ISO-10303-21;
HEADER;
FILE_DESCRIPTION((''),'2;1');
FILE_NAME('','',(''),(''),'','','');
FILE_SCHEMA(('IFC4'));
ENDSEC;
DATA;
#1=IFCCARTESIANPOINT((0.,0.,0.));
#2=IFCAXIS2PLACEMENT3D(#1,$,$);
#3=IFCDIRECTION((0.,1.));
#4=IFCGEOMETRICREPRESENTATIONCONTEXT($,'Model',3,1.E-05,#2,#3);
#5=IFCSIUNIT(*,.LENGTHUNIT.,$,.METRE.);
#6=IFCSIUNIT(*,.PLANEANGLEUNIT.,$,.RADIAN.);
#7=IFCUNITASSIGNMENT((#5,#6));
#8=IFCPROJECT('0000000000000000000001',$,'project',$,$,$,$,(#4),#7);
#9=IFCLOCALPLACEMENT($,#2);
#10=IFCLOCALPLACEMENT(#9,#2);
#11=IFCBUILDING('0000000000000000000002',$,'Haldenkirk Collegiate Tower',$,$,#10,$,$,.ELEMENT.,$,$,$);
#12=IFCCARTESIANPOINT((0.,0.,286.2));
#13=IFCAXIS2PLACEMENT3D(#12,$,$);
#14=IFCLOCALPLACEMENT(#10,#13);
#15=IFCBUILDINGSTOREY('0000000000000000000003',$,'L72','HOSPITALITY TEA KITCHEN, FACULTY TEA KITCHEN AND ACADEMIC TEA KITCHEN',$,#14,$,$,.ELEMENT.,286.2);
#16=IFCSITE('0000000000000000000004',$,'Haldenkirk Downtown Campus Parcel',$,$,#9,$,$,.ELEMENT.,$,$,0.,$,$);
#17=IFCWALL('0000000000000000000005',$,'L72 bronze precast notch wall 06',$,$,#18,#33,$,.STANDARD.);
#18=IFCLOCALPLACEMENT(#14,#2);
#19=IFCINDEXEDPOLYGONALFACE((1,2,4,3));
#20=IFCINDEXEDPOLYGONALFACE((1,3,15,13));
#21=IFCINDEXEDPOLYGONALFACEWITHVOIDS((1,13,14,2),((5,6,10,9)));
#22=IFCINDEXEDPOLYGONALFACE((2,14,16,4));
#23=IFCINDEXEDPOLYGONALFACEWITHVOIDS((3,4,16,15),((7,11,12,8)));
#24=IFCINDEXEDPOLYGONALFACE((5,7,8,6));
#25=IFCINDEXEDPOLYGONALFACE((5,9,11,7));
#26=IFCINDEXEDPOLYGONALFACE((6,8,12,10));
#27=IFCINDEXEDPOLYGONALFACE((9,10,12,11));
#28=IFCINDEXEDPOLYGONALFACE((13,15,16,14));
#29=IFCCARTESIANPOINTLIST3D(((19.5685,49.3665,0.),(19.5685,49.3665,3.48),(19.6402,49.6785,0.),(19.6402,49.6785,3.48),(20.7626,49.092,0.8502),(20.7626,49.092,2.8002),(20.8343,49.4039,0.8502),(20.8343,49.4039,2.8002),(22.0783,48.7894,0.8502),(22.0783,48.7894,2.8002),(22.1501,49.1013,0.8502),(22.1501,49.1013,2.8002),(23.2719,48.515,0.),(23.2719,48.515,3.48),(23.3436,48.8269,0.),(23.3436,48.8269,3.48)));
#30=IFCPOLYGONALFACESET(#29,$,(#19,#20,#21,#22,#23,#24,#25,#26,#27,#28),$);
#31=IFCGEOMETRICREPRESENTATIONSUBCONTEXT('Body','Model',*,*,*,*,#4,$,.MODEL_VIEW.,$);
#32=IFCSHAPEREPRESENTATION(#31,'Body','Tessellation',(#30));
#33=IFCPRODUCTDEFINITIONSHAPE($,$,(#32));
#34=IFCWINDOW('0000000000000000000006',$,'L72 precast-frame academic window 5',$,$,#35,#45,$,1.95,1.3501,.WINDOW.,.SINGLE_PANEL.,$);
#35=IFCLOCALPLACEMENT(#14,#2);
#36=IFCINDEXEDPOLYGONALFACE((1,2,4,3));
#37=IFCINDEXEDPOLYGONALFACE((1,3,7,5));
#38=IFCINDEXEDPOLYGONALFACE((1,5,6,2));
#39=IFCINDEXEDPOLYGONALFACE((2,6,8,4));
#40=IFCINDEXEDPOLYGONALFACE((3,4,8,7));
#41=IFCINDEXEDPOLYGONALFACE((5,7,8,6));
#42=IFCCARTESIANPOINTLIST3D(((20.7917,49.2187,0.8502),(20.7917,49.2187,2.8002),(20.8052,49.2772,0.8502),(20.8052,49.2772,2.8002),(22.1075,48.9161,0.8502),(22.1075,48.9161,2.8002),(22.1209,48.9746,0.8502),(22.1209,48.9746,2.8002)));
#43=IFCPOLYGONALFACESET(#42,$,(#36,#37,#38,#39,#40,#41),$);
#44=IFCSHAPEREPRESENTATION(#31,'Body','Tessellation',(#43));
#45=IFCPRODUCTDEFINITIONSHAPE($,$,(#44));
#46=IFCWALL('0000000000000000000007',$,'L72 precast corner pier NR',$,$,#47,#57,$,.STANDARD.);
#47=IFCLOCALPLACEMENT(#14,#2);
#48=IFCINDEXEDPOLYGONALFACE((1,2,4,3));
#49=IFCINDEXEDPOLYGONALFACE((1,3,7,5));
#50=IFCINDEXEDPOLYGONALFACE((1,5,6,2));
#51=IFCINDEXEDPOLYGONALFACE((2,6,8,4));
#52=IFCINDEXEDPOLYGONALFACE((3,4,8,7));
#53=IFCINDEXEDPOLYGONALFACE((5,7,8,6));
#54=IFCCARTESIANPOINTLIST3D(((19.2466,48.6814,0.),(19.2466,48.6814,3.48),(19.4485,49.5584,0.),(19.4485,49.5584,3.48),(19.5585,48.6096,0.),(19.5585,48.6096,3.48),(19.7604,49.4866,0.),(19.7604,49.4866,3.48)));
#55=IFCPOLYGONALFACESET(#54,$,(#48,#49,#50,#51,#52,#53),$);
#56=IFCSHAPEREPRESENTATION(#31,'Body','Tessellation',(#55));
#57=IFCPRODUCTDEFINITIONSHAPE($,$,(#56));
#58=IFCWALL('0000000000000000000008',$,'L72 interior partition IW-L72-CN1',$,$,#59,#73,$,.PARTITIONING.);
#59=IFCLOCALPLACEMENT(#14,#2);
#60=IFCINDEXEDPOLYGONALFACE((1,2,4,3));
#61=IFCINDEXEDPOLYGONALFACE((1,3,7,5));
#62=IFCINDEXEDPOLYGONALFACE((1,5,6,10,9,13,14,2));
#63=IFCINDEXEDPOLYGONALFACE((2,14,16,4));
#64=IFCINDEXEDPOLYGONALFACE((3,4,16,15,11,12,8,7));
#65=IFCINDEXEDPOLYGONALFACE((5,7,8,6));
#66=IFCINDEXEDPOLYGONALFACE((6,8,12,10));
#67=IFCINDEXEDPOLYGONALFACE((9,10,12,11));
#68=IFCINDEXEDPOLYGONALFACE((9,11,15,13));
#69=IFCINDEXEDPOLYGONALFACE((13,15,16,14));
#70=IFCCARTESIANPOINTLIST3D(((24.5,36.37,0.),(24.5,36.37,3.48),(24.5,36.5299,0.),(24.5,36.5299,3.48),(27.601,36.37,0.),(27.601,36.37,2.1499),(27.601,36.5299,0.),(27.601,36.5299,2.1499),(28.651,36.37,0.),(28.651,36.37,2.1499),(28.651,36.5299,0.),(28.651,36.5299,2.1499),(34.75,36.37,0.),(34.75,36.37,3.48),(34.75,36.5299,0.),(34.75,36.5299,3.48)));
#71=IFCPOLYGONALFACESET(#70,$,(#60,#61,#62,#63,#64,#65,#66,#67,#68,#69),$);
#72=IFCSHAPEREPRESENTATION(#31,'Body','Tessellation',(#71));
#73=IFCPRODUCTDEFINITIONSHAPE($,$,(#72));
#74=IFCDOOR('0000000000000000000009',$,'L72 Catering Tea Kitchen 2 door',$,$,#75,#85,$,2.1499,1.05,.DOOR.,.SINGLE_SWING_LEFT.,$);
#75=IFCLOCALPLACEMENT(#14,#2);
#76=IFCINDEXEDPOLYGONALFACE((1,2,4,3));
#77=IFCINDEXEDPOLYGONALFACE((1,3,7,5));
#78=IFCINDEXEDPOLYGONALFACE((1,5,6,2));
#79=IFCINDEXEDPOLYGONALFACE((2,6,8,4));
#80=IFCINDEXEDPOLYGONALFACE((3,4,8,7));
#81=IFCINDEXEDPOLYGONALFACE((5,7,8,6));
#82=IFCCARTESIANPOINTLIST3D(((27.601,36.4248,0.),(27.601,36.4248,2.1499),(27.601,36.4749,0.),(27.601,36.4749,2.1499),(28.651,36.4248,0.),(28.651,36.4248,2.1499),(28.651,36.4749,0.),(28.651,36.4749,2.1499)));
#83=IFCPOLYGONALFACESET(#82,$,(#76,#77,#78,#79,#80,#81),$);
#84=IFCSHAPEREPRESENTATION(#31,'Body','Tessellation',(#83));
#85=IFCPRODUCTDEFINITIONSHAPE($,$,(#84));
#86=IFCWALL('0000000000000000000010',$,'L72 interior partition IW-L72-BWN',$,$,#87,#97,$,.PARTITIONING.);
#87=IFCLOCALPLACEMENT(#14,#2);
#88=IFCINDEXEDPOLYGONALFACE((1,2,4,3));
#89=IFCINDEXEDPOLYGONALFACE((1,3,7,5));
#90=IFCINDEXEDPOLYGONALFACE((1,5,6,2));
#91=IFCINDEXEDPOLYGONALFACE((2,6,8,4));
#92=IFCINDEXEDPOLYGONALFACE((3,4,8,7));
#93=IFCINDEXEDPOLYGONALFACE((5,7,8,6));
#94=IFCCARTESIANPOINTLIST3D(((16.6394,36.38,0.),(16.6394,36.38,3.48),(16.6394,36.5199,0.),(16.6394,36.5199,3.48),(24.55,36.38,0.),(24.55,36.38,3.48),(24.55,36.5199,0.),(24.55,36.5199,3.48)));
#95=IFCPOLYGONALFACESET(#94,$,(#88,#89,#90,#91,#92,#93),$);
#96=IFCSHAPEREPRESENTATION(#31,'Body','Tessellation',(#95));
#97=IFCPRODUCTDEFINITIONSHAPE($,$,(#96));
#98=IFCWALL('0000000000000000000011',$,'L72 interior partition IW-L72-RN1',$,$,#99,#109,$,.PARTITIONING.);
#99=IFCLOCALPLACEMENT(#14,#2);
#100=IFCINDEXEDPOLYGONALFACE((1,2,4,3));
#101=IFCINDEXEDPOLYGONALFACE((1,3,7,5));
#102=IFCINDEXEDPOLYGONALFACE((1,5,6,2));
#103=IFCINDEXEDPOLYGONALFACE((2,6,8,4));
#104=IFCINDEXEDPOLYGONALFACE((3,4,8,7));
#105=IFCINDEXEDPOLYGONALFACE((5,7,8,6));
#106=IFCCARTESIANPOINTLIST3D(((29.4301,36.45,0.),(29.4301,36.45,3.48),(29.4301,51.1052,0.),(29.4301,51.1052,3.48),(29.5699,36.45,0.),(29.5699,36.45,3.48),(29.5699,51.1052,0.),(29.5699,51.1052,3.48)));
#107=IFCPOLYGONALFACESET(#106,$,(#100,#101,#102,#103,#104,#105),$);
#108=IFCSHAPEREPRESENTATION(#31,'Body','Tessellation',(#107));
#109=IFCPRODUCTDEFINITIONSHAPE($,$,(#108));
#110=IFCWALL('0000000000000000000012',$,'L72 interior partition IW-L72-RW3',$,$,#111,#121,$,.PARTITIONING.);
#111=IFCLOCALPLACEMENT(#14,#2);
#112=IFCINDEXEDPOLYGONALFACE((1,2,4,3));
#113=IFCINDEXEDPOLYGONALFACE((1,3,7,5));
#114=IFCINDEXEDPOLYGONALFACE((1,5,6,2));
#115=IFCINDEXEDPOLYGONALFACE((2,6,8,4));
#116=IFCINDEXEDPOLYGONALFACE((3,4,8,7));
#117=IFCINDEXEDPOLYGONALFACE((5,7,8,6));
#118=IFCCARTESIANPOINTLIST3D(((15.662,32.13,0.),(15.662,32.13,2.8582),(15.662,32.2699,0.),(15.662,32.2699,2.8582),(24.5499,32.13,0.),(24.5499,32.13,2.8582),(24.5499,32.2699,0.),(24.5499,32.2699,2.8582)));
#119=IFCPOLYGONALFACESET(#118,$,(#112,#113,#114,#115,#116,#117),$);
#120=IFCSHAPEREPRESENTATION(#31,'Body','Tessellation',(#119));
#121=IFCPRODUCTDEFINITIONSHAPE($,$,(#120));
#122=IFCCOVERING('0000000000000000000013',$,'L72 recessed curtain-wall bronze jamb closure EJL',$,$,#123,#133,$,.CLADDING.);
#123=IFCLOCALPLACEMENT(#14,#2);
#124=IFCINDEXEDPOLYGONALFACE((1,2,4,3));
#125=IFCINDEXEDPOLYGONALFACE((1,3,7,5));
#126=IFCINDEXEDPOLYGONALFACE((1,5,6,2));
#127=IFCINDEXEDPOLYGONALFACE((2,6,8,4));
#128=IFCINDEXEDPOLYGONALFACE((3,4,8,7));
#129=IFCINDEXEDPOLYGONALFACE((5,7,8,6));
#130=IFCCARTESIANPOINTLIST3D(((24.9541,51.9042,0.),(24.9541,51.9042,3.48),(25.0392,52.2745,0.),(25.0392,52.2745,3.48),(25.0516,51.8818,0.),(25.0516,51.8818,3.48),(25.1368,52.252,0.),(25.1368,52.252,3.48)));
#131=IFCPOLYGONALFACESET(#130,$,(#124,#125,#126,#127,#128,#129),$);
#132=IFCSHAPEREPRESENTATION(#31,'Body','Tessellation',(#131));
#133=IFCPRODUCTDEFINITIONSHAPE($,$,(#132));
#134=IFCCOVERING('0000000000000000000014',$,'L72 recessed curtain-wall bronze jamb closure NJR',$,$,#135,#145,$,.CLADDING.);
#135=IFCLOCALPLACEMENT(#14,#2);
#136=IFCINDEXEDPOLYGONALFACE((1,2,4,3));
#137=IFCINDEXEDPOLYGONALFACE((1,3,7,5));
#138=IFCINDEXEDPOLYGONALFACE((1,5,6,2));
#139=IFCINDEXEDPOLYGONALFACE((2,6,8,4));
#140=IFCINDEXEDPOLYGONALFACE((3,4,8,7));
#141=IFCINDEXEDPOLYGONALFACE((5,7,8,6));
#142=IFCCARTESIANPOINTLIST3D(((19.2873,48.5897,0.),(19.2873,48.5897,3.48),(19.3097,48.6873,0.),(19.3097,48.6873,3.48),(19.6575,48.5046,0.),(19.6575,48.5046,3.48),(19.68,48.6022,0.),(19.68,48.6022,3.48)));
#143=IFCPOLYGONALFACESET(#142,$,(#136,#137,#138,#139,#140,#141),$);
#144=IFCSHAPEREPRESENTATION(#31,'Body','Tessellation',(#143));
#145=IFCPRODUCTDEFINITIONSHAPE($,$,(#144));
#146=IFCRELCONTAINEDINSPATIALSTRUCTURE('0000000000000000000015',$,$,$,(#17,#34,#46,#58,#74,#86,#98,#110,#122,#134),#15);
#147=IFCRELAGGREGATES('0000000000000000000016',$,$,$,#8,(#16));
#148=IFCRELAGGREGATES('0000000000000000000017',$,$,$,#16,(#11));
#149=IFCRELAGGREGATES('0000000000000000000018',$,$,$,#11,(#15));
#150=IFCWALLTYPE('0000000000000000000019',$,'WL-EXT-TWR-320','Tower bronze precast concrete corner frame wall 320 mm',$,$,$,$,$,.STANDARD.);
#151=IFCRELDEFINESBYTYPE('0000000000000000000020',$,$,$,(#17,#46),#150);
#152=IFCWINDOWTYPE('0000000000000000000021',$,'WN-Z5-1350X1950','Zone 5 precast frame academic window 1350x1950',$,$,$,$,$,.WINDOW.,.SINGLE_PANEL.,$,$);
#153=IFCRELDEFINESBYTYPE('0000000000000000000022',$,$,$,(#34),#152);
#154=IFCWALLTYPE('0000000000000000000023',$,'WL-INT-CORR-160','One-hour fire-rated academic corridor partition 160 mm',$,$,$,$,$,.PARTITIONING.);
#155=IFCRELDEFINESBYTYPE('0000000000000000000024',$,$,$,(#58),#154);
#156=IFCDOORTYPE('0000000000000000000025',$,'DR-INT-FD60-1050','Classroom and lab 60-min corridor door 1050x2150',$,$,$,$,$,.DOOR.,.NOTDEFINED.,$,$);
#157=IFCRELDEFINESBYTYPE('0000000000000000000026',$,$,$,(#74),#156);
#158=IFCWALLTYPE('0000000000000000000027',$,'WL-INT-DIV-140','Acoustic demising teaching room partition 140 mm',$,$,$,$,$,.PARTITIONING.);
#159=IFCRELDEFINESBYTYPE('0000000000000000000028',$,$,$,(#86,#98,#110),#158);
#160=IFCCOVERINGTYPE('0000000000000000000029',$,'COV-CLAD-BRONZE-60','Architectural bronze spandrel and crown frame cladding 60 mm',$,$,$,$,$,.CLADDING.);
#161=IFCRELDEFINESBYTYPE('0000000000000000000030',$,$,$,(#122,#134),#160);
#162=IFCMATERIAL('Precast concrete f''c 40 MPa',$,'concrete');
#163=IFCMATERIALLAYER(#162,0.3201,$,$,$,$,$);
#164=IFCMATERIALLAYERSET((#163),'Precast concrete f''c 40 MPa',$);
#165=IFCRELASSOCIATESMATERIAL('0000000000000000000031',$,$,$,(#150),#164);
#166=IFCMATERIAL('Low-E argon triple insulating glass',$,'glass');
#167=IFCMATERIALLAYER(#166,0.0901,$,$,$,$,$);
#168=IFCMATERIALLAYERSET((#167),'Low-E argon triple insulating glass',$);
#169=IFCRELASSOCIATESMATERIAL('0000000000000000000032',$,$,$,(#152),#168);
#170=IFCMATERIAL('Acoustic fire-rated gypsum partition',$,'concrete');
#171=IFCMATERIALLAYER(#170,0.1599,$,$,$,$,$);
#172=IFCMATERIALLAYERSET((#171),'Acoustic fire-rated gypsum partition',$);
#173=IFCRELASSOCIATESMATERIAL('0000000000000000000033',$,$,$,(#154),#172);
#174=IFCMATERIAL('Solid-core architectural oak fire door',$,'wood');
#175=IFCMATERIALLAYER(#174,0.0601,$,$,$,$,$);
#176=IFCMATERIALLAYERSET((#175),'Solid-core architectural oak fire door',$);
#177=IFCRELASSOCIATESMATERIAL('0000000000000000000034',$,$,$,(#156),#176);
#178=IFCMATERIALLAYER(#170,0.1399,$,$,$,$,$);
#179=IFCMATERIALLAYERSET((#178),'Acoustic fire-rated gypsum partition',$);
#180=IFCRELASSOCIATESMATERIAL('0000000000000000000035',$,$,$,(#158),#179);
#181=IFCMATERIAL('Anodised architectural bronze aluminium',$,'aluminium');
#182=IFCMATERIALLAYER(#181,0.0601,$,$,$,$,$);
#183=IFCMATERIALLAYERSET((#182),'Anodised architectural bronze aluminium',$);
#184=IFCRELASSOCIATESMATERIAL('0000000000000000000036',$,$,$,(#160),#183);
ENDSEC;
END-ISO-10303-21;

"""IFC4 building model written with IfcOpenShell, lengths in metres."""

from ifc_helpers import new_model, si_unit, direction, frame, frame_2d, origin, origin_2d, place, context, subcontext, project, spatial, rectangle, extrude, source, transform, mapped, material, layer, layer_set, type_object, element, fill, save


model = new_model("IFC4")

# Units and contexts
model_context = context("Model", 3, precision=1e-05, world=origin(), true_north=direction((0.0, 1.0)))
body_context = subcontext(model_context, "Body", "Model", "MODEL_VIEW")
ifc_project = project(units=[si_unit("LENGTHUNIT", "METRE"), si_unit("PLANEANGLEUNIT", "RADIAN")], contexts=[model_context])

# Site, building, storey
site_placement = place(None, origin())
site = spatial("IfcSite", under=ifc_project, at=site_placement, Name="Haldenkirk Downtown Campus Parcel", CompositionType="ELEMENT", RefElevation=0.0)
building_placement = place(site_placement, origin())
building = spatial("IfcBuilding", under=site, at=building_placement, Name="Haldenkirk Collegiate Tower", CompositionType="ELEMENT")
storey_placement = place(building_placement, frame((0.0, 0.0, 286.2)))
storey = spatial("IfcBuildingStorey", under=building, at=storey_placement, Name="L72", Description="HOSPITALITY TEA KITCHEN, FACULTY TEA KITCHEN AND ACADEMIC TEA KITCHEN", CompositionType="ELEMENT", Elevation=286.2)

# Shared definitions
ifc_material_1 = material(Name="Anodised architectural bronze aluminium", Category="aluminium")

# Shared definitions
ifc_material_2 = material(Name="Low-E argon triple insulating glass", Category="glass")

# Shared definitions
ifc_material_3 = material(Name="Precast concrete f'c 40 MPa", Category="concrete")
ifc_layer_1 = layer(ifc_material_3, 0.3201)
ifc_layer_set_1 = layer_set([ifc_layer_1], Name="Precast concrete f'c 40 MPa")
wall_type_1 = type_object("IfcWallType", Name="WL-EXT-TWR-320", Description="Tower bronze precast concrete corner frame wall 320 mm", PredefinedType="STANDARD", material=ifc_layer_set_1)

# Wall, opening, window
wall_1_placement = place(storey_placement, frame((19.6045, 49.5225, 0.0), z_axis=(0.0, 0.0, 1.0), x_axis=(0.974567, -0.224095, 0.0)))
wall_1 = element("IfcWall", 1, at=wall_1_placement, inside=storey, type_object=wall_type_1, Name="L72 bronze precast notch wall 06", PredefinedType="STANDARD", context=body_context, shape_type="SweptSolid", body=[
    extrude(rectangle(XDim=3.8, YDim=0.3201, at=frame_2d((1.8999, 0.0))), origin(), (0.0, 0.0, 1.0), 3.48),
])
opening_1_placement = place(wall_1_placement, frame((1.2251, 0.0, 0.8501)))
opening_1 = element("IfcOpeningElement", 2, at=opening_1_placement, cuts=wall_1, PredefinedType="OPENING", context=body_context, shape_type="SweptSolid", body=[
    extrude(rectangle(XDim=1.3501, YDim=1.95, at=frame_2d((0.675, 0.9751))), frame((0.0, 0.1699, 0.0), z_axis=(0.0, -1.0, 0.0), x_axis=(1.0, 0.0, 0.0)), (0.0, 0.0, 1.0), 0.3401),
])
ifc_layer_2 = layer(ifc_material_2, 0.0901)
ifc_layer_set_2 = layer_set([ifc_layer_2], Name="Low-E argon triple insulating glass")
window_type = type_object("IfcWindowType", Name="WN-Z5-1350X1950", Description="Zone 5 precast frame academic window 1350x1950", PartitioningType="SINGLE_PANEL", PredefinedType="WINDOW", material=ifc_layer_set_2)
window_placement = place(opening_1_placement, origin())
window = element("IfcWindow", 3, at=window_placement, inside=storey, type_object=window_type, Name="L72 precast-frame academic window 5", OverallHeight=1.95, OverallWidth=1.3501, PartitioningType="SINGLE_PANEL", PredefinedType="WINDOW", context=body_context, shape_type="SweptSolid", body=[
    extrude(rectangle(XDim=1.3501, YDim=1.95, at=frame_2d((0.675, 0.9751))), frame((0.0, 0.03, 0.0), z_axis=(0.0, -1.0, 0.0), x_axis=(1.0, 0.0, 0.0)), (0.0, 0.0, 1.0), 0.0601),
])
fill(opening_1, window)

# Wall
wall_2_placement = place(storey_placement, frame((19.4026, 48.6455, 0.0), z_axis=(0.0, 0.0, 1.0), x_axis=(0.224364, 0.974505, 0.0)))
element("IfcWall", 4, at=wall_2_placement, inside=storey, type_object=wall_type_1, Name="L72 precast corner pier NR", PredefinedType="STANDARD", context=body_context, shape_type="SweptSolid", body=[
    extrude(rectangle(XDim=0.8999, YDim=0.3201, at=frame_2d((0.45, 0.0))), origin(), (0.0, 0.0, 1.0), 3.48),
])

# Wall, opening, door
ifc_material_4 = material(Name="Acoustic fire-rated gypsum partition", Category="concrete")
ifc_layer_3 = layer(ifc_material_4, 0.1599)
ifc_layer_set_3 = layer_set([ifc_layer_3], Name="Acoustic fire-rated gypsum partition")
wall_type_2 = type_object("IfcWallType", Name="WL-INT-CORR-160", Description="One-hour fire-rated academic corridor partition 160 mm", PredefinedType="PARTITIONING", material=ifc_layer_set_3)
wall_3_placement = place(storey_placement, frame((24.5, 36.45, 0.0), z_axis=(0.0, 0.0, 1.0), x_axis=(1.0, 0.0, 0.0)))
wall_3 = element("IfcWall", 5, at=wall_3_placement, inside=storey, type_object=wall_type_2, Name="L72 interior partition IW-L72-CN1", PredefinedType="PARTITIONING", context=body_context, shape_type="SweptSolid", body=[
    extrude(rectangle(XDim=10.25, YDim=0.1599, at=frame_2d((5.125, 0.0))), origin(), (0.0, 0.0, 1.0), 3.48),
])
opening_2_placement = place(wall_3_placement, frame((3.1011, 0.0, 0.0)))
opening_2 = element("IfcOpeningElement", 6, at=opening_2_placement, cuts=wall_3, PredefinedType="OPENING", context=body_context, shape_type="SweptSolid", body=[
    extrude(rectangle(XDim=1.05, YDim=2.1499, at=frame_2d((0.5249, 1.075))), frame((0.0, 0.0898, 0.0), z_axis=(0.0, -1.0, 0.0), x_axis=(1.0, 0.0, 0.0)), (0.0, 0.0, 1.0), 0.1799),
])
ifc_material_5 = material(Name="Solid-core architectural oak fire door", Category="wood")
ifc_layer_4 = layer(ifc_material_5, 0.0601)
ifc_layer_set_4 = layer_set([ifc_layer_4], Name="Solid-core architectural oak fire door")
door_type = type_object("IfcDoorType", Name="DR-INT-FD60-1050", Description="Classroom and lab 60-min corridor door 1050x2150", OperationType="NOTDEFINED", PredefinedType="DOOR", material=ifc_layer_set_4)
door_placement = place(opening_2_placement, origin())
door = element("IfcDoor", 7, at=door_placement, inside=storey, type_object=door_type, Name="L72 Catering Tea Kitchen 2 door", OperationType="SINGLE_SWING_LEFT", OverallHeight=2.1499, OverallWidth=1.05, PredefinedType="DOOR", context=body_context, shape_type="SweptSolid", body=[
    extrude(rectangle(XDim=1.05, YDim=2.1499, at=frame_2d((0.5249, 1.075))), frame((0.0, 0.0249, 0.0), z_axis=(0.0, -1.0, 0.0), x_axis=(1.0, 0.0, 0.0)), (0.0, 0.0, 1.0), 0.05),
])
fill(opening_2, door)

# Walls
ifc_layer_5 = layer(ifc_material_4, 0.1399)
ifc_layer_set_5 = layer_set([ifc_layer_5], Name="Acoustic fire-rated gypsum partition")
wall_type_3 = type_object("IfcWallType", Name="WL-INT-DIV-140", Description="Acoustic demising teaching room partition 140 mm", PredefinedType="PARTITIONING", material=ifc_layer_set_5)
wall_4_placement = place(storey_placement, frame((16.6394, 36.45, 0.0), z_axis=(0.0, 0.0, 1.0), x_axis=(1.0, 0.0, 0.0)))
element("IfcWall", 8, at=wall_4_placement, inside=storey, type_object=wall_type_3, Name="L72 interior partition IW-L72-BWN", PredefinedType="PARTITIONING", context=body_context, shape_type="SweptSolid", body=[
    extrude(rectangle(XDim=7.9106, YDim=0.1399, at=frame_2d((3.9553, 0.0))), origin(), (0.0, 0.0, 1.0), 3.48),
])
wall_5_placement = place(storey_placement, frame((29.5, 36.45, 0.0), z_axis=(0.0, 0.0, 1.0), x_axis=(0.0, 1.0, 0.0)))
element("IfcWall", 9, at=wall_5_placement, inside=storey, type_object=wall_type_3, Name="L72 interior partition IW-L72-RN1", PredefinedType="PARTITIONING", context=body_context, shape_type="SweptSolid", body=[
    extrude(rectangle(XDim=14.6553, YDim=0.1399, at=frame_2d((7.3276, 0.0))), origin(), (0.0, 0.0, 1.0), 3.48),
])
wall_6_placement = place(storey_placement, frame((15.6621, 32.2, 0.0), z_axis=(0.0, 0.0, 1.0), x_axis=(1.0, 0.0, 0.0)))
element("IfcWall", 10, at=wall_6_placement, inside=storey, type_object=wall_type_3, Name="L72 interior partition IW-L72-RW3", PredefinedType="PARTITIONING", context=body_context, shape_type="SweptSolid", body=[
    extrude(rectangle(XDim=8.8879, YDim=0.1399, at=frame_2d((4.4438, 0.0))), origin(), (0.0, 0.0, 1.0), 2.8582),
])

# Coverings
ifc_layer_6 = layer(ifc_material_1, 0.0601)
ifc_layer_set_6 = layer_set([ifc_layer_6], Name="Anodised architectural bronze aluminium")
covering_type = type_object("IfcCoveringType", Name="COV-CLAD-BRONZE-60", Description="Architectural bronze spandrel and crown frame cladding 60 mm", PredefinedType="CLADDING", material=ifc_layer_set_6)
shared_shape_1 = source(origin(), body_context, "Body", "SweptSolid", [
    extrude(rectangle(XDim=0.1001, YDim=0.3799, at=origin_2d()), origin(), (0.0, 0.0, 1.0), 3.48),
])
for number, where, z_axis, x_axis, name in (
    (11, (25.0454, 52.0781, 0.0), (0.0, 0.0, 1.0), (0.974566, -0.224101, 0.0), "L72 recessed curtain-wall bronze jamb closure EJL"),
    (12, (19.4836, 48.5959, 0.0), (0.0, 0.0, 1.0), (0.224101, 0.974566, 0.0), "L72 recessed curtain-wall bronze jamb closure NJR"),
):
    element("IfcCovering", number, at=place(storey_placement, frame(where, z_axis=z_axis, x_axis=x_axis)), inside=storey, type_object=covering_type, Name=name, PredefinedType="CLADDING", context=body_context, shape_type="MappedRepresentation", body=[
        mapped(shared_shape_1, transform((0.0, 0.0, 0.0), x_axis=(1.0, 0.0, 0.0), y_axis=(0.0, 1.0, 0.0), z_axis=(0.0, 0.0, 1.0), scale=1.0)),
    ])

save(model, "model.ifc")
